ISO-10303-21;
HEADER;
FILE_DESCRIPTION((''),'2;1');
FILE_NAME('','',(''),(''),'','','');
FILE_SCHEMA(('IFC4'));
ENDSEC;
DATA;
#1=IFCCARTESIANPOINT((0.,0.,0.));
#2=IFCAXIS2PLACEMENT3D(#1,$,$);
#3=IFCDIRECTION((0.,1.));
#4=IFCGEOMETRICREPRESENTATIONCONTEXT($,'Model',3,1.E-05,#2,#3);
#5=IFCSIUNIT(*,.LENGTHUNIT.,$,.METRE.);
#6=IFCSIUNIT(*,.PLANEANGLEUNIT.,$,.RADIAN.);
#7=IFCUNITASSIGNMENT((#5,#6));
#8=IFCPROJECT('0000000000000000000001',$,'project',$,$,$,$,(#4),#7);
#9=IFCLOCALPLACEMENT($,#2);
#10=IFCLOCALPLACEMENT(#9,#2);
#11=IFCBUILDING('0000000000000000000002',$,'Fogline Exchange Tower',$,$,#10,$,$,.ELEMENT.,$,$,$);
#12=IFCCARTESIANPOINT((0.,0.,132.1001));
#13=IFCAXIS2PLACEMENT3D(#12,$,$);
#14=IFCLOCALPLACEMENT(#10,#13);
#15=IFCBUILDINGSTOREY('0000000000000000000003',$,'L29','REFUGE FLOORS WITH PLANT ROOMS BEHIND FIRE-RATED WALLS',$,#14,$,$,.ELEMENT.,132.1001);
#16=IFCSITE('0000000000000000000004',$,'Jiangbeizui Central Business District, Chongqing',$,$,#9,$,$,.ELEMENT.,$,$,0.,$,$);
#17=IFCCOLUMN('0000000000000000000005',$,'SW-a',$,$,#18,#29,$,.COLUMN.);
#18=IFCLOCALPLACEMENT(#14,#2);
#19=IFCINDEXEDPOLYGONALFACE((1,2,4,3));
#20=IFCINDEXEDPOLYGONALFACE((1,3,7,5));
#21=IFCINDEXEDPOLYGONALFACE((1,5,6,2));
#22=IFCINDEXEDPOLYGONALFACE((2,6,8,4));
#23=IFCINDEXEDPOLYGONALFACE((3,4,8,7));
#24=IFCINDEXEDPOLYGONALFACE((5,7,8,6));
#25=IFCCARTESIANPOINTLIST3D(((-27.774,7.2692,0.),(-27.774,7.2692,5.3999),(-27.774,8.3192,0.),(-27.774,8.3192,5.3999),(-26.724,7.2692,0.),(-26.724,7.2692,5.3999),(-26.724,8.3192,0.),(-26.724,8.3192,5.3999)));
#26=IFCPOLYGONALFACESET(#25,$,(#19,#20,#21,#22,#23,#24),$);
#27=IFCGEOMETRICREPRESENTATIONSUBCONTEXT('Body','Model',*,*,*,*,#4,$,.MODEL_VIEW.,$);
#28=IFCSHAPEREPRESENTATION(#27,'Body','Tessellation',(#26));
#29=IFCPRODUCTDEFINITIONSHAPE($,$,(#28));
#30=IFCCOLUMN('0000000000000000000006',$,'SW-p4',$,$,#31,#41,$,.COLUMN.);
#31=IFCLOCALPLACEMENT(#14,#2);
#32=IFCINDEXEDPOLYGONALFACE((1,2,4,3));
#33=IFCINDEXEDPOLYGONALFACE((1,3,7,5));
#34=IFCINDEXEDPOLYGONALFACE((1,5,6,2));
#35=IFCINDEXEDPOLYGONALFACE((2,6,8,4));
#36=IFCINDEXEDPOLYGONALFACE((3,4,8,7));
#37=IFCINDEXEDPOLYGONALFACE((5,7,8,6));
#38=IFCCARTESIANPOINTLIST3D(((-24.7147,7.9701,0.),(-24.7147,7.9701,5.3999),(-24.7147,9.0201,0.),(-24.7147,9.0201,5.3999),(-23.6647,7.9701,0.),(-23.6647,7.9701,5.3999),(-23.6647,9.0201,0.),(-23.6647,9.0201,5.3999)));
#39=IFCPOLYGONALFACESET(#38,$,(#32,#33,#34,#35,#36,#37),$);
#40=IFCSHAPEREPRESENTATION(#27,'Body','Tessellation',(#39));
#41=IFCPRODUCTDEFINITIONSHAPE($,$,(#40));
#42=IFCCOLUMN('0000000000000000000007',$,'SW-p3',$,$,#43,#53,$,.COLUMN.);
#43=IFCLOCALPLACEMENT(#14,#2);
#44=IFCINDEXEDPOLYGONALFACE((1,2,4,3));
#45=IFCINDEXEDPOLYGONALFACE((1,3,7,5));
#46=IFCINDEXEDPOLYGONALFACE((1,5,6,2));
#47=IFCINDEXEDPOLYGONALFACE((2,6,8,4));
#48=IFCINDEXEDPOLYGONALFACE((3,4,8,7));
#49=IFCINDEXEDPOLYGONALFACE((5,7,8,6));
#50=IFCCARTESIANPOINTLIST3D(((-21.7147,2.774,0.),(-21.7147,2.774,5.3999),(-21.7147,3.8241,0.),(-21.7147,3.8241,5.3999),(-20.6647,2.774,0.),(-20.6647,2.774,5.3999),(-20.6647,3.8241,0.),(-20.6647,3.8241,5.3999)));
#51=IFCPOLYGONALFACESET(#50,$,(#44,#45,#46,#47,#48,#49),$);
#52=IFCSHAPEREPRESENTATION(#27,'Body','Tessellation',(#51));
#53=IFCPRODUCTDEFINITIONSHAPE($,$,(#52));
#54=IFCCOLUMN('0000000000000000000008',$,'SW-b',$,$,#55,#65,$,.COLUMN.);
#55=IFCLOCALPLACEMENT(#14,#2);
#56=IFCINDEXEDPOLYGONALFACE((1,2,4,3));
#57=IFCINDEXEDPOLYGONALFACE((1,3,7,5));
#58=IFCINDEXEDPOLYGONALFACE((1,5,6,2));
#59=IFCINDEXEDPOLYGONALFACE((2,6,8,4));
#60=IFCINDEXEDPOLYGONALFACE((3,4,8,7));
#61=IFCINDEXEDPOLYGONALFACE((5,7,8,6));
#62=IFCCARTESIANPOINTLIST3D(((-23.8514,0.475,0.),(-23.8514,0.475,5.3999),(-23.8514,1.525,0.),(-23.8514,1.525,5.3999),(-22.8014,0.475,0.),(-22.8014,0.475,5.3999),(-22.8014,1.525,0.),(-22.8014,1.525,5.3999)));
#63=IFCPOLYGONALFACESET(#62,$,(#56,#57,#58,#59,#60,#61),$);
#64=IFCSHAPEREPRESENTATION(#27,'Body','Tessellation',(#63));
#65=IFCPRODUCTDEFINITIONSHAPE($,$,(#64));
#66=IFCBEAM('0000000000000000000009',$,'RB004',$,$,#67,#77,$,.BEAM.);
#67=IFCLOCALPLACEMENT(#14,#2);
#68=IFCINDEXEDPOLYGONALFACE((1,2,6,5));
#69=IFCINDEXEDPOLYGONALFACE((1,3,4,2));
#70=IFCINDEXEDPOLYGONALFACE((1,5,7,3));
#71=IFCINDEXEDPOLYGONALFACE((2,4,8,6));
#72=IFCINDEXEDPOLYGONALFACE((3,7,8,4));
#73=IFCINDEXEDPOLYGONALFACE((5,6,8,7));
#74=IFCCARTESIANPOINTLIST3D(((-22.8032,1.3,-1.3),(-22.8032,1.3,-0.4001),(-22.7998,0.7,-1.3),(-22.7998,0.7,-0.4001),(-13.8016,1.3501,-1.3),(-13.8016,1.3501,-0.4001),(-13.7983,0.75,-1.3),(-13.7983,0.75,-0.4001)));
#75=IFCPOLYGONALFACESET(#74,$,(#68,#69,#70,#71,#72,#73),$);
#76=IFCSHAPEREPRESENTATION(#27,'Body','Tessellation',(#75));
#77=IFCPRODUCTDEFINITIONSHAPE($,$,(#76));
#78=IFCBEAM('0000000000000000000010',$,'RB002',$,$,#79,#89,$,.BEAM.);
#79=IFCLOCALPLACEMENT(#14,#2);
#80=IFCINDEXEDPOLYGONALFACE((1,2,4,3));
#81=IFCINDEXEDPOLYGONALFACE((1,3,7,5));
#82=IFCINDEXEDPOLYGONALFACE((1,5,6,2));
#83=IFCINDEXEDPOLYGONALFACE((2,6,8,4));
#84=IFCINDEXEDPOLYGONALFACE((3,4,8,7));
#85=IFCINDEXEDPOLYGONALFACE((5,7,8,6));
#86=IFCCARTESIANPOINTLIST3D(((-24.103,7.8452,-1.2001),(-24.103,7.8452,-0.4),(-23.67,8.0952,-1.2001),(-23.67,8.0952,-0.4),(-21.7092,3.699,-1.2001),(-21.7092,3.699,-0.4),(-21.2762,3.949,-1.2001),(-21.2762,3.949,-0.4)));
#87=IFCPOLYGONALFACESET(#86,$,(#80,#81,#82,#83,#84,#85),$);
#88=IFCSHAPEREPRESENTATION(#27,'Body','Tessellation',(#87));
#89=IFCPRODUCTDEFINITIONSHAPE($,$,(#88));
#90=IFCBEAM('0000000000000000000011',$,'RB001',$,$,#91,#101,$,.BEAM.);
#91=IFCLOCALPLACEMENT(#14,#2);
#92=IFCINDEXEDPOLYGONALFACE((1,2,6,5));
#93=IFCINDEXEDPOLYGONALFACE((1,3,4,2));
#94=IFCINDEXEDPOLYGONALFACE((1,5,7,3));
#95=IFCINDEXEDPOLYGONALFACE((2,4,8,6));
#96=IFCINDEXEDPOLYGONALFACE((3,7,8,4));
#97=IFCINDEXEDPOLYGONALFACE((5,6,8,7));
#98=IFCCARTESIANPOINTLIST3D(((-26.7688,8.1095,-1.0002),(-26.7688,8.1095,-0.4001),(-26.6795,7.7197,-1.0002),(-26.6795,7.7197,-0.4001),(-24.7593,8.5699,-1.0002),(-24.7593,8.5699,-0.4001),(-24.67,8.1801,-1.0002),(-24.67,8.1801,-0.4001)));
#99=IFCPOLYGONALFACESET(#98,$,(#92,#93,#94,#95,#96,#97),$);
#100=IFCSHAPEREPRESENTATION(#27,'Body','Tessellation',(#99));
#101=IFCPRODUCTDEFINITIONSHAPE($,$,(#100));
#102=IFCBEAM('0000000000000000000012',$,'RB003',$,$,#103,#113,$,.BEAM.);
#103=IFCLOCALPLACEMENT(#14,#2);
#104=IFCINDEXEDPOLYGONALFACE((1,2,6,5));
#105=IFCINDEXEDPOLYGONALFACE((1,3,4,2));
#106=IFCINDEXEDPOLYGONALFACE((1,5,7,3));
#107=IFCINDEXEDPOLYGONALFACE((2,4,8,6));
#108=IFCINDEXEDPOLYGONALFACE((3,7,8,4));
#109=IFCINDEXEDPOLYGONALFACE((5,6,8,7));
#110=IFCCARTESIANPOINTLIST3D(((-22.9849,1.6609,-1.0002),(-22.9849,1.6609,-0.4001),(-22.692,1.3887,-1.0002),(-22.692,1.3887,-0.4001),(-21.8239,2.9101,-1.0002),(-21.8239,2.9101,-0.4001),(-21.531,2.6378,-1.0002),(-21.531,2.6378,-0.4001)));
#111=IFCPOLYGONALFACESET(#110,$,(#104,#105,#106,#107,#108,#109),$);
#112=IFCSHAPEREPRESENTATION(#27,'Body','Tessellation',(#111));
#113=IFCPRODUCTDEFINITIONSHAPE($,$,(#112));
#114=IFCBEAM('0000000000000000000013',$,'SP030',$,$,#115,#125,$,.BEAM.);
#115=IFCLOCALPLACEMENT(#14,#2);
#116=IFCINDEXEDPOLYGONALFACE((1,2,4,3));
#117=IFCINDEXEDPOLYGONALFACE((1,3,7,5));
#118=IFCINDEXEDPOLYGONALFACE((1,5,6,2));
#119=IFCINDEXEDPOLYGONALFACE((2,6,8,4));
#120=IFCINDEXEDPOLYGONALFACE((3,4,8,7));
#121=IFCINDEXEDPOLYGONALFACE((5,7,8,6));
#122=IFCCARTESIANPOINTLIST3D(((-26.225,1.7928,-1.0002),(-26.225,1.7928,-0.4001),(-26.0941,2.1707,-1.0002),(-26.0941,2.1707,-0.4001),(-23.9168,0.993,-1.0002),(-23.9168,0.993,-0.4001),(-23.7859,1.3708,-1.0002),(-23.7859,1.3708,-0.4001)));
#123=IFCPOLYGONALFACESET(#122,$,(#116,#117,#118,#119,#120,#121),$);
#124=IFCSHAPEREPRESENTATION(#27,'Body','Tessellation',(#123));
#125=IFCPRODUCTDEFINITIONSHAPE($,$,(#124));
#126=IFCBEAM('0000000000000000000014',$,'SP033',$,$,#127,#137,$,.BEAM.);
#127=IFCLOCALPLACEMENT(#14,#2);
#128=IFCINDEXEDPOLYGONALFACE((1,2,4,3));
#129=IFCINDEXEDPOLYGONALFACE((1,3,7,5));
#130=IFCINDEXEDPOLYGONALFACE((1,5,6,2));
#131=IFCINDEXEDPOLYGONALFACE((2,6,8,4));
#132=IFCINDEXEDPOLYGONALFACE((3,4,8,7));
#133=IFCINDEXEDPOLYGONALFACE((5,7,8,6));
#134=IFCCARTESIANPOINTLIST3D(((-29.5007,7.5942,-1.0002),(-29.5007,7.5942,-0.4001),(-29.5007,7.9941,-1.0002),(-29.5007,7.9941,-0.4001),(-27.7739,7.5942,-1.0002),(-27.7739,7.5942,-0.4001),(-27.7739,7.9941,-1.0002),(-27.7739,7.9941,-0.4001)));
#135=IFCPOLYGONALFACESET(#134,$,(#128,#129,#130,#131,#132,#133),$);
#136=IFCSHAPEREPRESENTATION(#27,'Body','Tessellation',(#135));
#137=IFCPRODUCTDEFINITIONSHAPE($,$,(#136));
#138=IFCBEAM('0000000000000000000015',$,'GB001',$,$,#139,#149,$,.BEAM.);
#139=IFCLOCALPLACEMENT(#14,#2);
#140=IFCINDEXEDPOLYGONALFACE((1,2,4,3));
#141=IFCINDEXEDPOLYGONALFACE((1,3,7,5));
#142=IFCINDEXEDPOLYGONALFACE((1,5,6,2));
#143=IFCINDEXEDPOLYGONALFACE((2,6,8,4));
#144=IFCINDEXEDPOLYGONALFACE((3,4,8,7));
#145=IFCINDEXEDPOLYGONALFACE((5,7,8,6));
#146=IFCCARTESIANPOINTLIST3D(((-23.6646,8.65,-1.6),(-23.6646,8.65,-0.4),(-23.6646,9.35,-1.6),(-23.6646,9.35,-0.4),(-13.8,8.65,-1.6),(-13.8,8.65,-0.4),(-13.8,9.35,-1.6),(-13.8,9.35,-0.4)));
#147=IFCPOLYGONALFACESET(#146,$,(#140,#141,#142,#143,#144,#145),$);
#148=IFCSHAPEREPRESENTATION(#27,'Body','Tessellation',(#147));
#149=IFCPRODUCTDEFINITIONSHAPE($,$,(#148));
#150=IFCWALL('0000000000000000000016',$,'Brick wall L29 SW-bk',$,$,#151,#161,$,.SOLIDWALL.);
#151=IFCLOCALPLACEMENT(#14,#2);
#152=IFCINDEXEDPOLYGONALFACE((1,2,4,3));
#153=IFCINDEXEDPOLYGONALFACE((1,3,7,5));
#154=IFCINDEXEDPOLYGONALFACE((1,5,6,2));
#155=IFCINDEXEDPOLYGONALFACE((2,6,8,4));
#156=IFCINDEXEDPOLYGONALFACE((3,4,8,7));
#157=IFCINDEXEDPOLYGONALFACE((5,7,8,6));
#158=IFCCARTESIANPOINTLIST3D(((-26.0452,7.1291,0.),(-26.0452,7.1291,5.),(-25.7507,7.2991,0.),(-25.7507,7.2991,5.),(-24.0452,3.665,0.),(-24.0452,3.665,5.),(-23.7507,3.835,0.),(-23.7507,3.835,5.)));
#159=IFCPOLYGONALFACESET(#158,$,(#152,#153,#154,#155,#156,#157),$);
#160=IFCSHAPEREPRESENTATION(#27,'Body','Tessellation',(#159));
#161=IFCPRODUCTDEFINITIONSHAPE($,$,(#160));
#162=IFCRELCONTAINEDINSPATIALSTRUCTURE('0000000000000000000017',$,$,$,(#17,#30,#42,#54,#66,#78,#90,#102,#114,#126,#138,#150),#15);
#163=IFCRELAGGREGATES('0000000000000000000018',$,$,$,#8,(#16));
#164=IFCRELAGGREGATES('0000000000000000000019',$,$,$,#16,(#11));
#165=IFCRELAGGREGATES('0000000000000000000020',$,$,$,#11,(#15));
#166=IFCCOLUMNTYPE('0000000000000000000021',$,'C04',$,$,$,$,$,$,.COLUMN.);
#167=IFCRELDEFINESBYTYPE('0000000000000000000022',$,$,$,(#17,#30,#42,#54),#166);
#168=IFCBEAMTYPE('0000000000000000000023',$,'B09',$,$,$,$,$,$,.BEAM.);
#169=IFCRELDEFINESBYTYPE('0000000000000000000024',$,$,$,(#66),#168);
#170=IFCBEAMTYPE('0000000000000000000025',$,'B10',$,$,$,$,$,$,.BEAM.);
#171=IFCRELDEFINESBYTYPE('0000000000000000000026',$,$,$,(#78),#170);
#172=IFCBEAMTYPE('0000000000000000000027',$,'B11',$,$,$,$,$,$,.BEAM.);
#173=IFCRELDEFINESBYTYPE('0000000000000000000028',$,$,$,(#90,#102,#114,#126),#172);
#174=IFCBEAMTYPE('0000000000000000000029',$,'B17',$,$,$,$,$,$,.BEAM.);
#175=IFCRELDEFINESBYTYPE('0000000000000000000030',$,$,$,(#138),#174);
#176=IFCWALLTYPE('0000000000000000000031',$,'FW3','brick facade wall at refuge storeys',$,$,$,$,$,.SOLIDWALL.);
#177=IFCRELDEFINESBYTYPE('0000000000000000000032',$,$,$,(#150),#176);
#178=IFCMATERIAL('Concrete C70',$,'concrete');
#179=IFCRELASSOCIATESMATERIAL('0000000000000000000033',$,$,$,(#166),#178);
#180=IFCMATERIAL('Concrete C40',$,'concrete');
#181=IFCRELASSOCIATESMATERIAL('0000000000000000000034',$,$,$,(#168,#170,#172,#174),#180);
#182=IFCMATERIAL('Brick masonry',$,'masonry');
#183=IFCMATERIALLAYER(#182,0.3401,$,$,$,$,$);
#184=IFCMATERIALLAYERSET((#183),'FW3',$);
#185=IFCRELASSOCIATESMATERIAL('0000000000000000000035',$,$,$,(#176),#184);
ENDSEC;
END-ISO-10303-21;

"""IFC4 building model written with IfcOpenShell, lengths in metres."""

from ifc_helpers import new_model, si_unit, direction, frame, frame_2d, origin, origin_2d, place, context, subcontext, project, spatial, rectangle, extrude, material, layer, layer_set, material_profile, profile_set, type_object, element, save


model = new_model("IFC4")

# Units and contexts
model_context = context("Model", 3, precision=1e-05, world=origin(), true_north=direction((0.0, 1.0)))
body_context = subcontext(model_context, "Body", "Model", "MODEL_VIEW")
ifc_project = project(units=[si_unit("LENGTHUNIT", "METRE"), si_unit("PLANEANGLEUNIT", "RADIAN")], contexts=[model_context])

# Site, building, storey
site_placement = place(None, origin())
site = spatial("IfcSite", under=ifc_project, at=site_placement, Name="Jiangbeizui Central Business District, Chongqing", CompositionType="ELEMENT", RefElevation=0.0)
building_placement = place(site_placement, origin())
building = spatial("IfcBuilding", under=site, at=building_placement, Name="Fogline Exchange Tower", CompositionType="ELEMENT")
storey_placement = place(building_placement, frame((0.0, 0.0, 132.1001)))
storey = spatial("IfcBuildingStorey", under=building, at=storey_placement, Name="L29", Description="REFUGE FLOORS WITH PLANT ROOMS BEHIND FIRE-RATED WALLS", CompositionType="ELEMENT", Elevation=132.1001)

# Columns
ifc_material_1 = material(Name="Concrete C70", Category="concrete")
ifc_material_profile_1 = material_profile(ifc_material_1, rectangle(XDim=1.05, YDim=1.05, at=origin_2d()), Name="RC 1050x1050")
ifc_profile_set_1 = profile_set([ifc_material_profile_1], Name="Concrete C70")
column_type = type_object("IfcColumnType", Name="C04", PredefinedType="COLUMN", material=ifc_profile_set_1)
for number, where, z_axis, x_axis, name in (
    (1, (-27.249, 7.7942, 0.0), (0.0, 0.0, 1.0), (1.0, 0.0, 0.0), "SW-a"),
    (2, (-24.1897, 8.4951, 0.0), (0.0, 0.0, 1.0), (1.0, 0.0, 0.0), "SW-p4"),
    (3, (-21.1897, 3.2991, 0.0), (0.0, 0.0, 1.0), (1.0, 0.0, 0.0), "SW-p3"),
    (4, (-23.3264, 1.0, 0.0), (0.0, 0.0, 1.0), (1.0, 0.0, 0.0), "SW-b"),
):
    element("IfcColumn", number, at=place(storey_placement, frame(where, z_axis=z_axis, x_axis=x_axis)), inside=storey, type_object=column_type, Name=name, PredefinedType="COLUMN", context=body_context, shape_type="SweptSolid", body=[
        extrude(rectangle(XDim=1.05, YDim=1.05, at=origin_2d()), origin(), (0.0, 0.0, 1.0), 5.3999),
    ])

# Beams
ifc_material_2 = material(Name="Concrete C40", Category="concrete")
ifc_material_profile_2 = material_profile(ifc_material_2, rectangle(XDim=0.6001, YDim=0.8999, at=origin_2d()), Name="RC 600x900")
ifc_profile_set_2 = profile_set([ifc_material_profile_2], Name="Concrete C40")
beam_type_1 = type_object("IfcBeamType", Name="B09", PredefinedType="BEAM", material=ifc_profile_set_2)
beam_1_placement = place(storey_placement, frame((-22.8015, 1.0, -0.8501), z_axis=(0.999985, 0.00556, 0.0), x_axis=(-0.00556, 0.999985, 0.0)))
element("IfcBeam", 5, at=beam_1_placement, inside=storey, type_object=beam_type_1, Name="RB004", PredefinedType="BEAM", context=body_context, shape_type="SweptSolid", body=[
    extrude(rectangle(XDim=0.6001, YDim=0.8999, at=origin_2d()), origin(), (0.0, 0.0, 1.0), 9.0017),
])
ifc_material_profile_3 = material_profile(ifc_material_2, rectangle(XDim=0.5, YDim=0.8, at=origin_2d()), Name="RC 500x800")
ifc_profile_set_3 = profile_set([ifc_material_profile_3], Name="Concrete C40")
beam_type_2 = type_object("IfcBeamType", Name="B10", PredefinedType="BEAM", material=ifc_profile_set_3)
beam_2_placement = place(storey_placement, frame((-23.8865, 7.9702, -0.8), z_axis=(0.499995, -0.866028, 0.0), x_axis=(0.866028, 0.499995, 0.0)))
element("IfcBeam", 6, at=beam_2_placement, inside=storey, type_object=beam_type_2, Name="RB002", PredefinedType="BEAM", context=body_context, shape_type="SweptSolid", body=[
    extrude(rectangle(XDim=0.5, YDim=0.8, at=origin_2d()), origin(), (0.0, 0.0, 1.0), 4.7876),
])
ifc_material_profile_4 = material_profile(ifc_material_2, rectangle(XDim=0.3999, YDim=0.6001, at=origin_2d()), Name="RC 400x600")
ifc_profile_set_4 = profile_set([ifc_material_profile_4], Name="Concrete C40")
beam_type_3 = type_object("IfcBeamType", Name="B11", PredefinedType="BEAM", material=ifc_profile_set_4)
beam_3_placement = place(storey_placement, frame((-26.7241, 7.9146, -0.7002), z_axis=(0.974739, 0.223346, 0.0), x_axis=(-0.223346, 0.974739, 0.0)))
element("IfcBeam", 7, at=beam_3_placement, inside=storey, type_object=beam_type_3, Name="RB001", PredefinedType="BEAM", context=body_context, shape_type="SweptSolid", body=[
    extrude(rectangle(XDim=0.3999, YDim=0.6001, at=origin_2d()), origin(), (0.0, 0.0, 1.0), 2.0615),
])
beam_4_placement = place(storey_placement, frame((-21.6775, 2.7739, -0.7002), z_axis=(-0.680792, -0.732477, 0.0), x_axis=(0.732477, -0.680792, 0.0)))
element("IfcBeam", 8, at=beam_4_placement, inside=storey, type_object=beam_type_3, Name="RB003", PredefinedType="BEAM", context=body_context, shape_type="SweptSolid", body=[
    extrude(rectangle(XDim=0.3999, YDim=0.6001, at=origin_2d()), origin(), (0.0, 0.0, 1.0), 1.7053),
])
beam_5_placement = place(storey_placement, frame((-23.8513, 1.1819, -0.7002), z_axis=(-0.944879, 0.327419, 0.0), x_axis=(-0.327419, -0.944879, 0.0)))
element("IfcBeam", 9, at=beam_5_placement, inside=storey, type_object=beam_type_3, Name="SP030", PredefinedType="BEAM", context=body_context, shape_type="SweptSolid", body=[
    extrude(rectangle(XDim=0.3999, YDim=0.6001, at=origin_2d()), origin(), (0.0, 0.0, 1.0), 2.4429),
])
beam_6_placement = place(storey_placement, frame((-27.7739, 7.7942, -0.7002), z_axis=(-1.0, 0.0, 0.0), x_axis=(0.0, -1.0, 0.0)))
element("IfcBeam", 10, at=beam_6_placement, inside=storey, type_object=beam_type_3, Name="SP033", PredefinedType="BEAM", context=body_context, shape_type="SweptSolid", body=[
    extrude(rectangle(XDim=0.3999, YDim=0.6001, at=origin_2d()), origin(), (0.0, 0.0, 1.0), 1.7268),
])
ifc_material_profile_5 = material_profile(ifc_material_2, rectangle(XDim=0.7, YDim=1.2, at=origin_2d()), Name="RC 700x1200")
ifc_profile_set_5 = profile_set([ifc_material_profile_5], Name="Concrete C40")
beam_type_4 = type_object("IfcBeamType", Name="B17", PredefinedType="BEAM", material=ifc_profile_set_5)
beam_7_placement = place(storey_placement, frame((-23.6646, 9.0, -1.0), z_axis=(1.0, 0.0, 0.0), x_axis=(0.0, 1.0, 0.0)))
element("IfcBeam", 11, at=beam_7_placement, inside=storey, type_object=beam_type_4, Name="GB001", PredefinedType="BEAM", context=body_context, shape_type="SweptSolid", body=[
    extrude(rectangle(XDim=0.7, YDim=1.2, at=origin_2d()), origin(), (0.0, 0.0, 1.0), 9.8645),
])

# Wall
ifc_material_3 = material(Name="Brick masonry", Category="masonry")
ifc_layer_1 = layer(ifc_material_3, 0.3401)
ifc_layer_set_1 = layer_set([ifc_layer_1], Name="FW3")
wall_type_1 = type_object("IfcWallType", Name="FW3", Description="brick facade wall at refuge storeys", PredefinedType="SOLIDWALL", material=ifc_layer_set_1)
wall_1_placement = place(storey_placement, frame((-25.8979, 7.2141, 0.0), z_axis=(0.0, 0.0, 1.0), x_axis=(0.499999, -0.866026, 0.0)))
element("IfcWall", 12, at=wall_1_placement, inside=storey, type_object=wall_type_1, Name="Brick wall L29 SW-bk", PredefinedType="SOLIDWALL", context=body_context, shape_type="SweptSolid", body=[
    extrude(rectangle(XDim=4.0, YDim=0.3401, at=frame_2d((2.0, 0.0))), origin(), (0.0, 0.0, 1.0), 5.0),
])

save(model, "model.ifc")
